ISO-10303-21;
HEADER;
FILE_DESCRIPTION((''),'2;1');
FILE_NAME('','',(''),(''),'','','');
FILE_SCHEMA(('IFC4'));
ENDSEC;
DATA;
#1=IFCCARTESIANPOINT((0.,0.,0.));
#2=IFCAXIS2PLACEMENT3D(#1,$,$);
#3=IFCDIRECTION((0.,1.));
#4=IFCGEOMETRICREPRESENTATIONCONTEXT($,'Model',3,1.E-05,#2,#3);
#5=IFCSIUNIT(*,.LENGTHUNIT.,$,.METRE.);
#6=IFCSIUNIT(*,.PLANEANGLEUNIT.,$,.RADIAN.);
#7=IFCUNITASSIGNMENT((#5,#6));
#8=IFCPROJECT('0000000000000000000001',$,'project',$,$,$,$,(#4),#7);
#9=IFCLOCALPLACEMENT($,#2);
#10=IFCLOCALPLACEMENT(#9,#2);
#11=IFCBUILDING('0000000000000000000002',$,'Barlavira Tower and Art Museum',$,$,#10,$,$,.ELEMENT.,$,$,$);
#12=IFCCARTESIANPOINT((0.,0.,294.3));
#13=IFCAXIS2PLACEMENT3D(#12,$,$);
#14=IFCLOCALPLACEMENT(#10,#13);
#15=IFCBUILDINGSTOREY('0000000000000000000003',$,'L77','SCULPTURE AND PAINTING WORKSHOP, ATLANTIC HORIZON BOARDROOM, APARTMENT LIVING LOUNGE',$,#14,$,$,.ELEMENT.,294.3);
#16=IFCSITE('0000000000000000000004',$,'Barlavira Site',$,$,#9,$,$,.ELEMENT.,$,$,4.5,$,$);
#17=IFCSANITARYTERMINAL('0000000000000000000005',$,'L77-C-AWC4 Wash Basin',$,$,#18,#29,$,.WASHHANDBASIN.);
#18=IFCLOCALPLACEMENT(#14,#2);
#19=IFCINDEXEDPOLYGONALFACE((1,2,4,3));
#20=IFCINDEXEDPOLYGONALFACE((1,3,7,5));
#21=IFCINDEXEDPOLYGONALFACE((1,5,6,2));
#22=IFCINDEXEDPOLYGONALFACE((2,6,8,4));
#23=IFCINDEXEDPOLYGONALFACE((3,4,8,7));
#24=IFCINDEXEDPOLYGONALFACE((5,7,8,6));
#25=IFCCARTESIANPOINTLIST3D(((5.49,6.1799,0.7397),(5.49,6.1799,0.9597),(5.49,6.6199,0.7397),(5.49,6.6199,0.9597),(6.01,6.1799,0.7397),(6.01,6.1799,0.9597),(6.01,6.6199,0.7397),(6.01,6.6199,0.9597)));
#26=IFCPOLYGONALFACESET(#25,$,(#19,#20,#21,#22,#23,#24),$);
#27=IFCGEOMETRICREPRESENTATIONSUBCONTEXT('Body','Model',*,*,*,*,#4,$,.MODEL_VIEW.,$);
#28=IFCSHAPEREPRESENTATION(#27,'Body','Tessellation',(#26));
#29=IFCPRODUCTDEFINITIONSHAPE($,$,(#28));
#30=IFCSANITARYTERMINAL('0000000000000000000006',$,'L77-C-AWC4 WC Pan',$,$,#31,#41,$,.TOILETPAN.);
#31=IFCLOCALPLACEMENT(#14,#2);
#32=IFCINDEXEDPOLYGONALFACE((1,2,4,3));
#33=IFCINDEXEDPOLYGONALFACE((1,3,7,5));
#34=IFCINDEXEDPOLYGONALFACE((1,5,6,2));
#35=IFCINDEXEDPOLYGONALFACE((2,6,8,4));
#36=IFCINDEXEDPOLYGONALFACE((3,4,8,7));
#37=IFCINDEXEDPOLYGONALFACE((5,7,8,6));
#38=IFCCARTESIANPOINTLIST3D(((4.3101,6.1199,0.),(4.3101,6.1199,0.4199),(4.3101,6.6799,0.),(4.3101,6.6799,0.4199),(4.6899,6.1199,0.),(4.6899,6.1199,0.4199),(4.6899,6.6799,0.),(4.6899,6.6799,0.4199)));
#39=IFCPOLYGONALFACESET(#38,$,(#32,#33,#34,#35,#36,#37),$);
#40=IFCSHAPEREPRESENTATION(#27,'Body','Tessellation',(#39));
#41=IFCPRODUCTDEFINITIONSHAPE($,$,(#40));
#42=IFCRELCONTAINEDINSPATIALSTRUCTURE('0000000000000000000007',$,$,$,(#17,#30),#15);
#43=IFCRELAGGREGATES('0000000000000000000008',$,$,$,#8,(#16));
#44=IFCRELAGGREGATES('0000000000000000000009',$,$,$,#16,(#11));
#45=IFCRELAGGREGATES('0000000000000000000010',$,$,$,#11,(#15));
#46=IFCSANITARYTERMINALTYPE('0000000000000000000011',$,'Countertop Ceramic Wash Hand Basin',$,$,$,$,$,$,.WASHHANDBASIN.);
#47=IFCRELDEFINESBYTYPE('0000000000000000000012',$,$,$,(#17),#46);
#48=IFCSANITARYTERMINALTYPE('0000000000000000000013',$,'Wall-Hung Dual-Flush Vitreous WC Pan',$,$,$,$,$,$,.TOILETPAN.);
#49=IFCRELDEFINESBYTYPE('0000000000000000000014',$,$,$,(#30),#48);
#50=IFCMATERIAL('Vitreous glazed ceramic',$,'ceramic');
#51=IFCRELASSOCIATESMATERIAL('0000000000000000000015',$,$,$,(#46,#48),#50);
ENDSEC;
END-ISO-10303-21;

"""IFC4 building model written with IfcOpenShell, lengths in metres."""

from ifc_helpers import new_model, si_unit, direction, frame, origin, origin_2d, place, context, subcontext, project, spatial, rectangle, extrude, material, type_object, element, save


model = new_model("IFC4")

# Units and contexts
model_context = context("Model", 3, precision=1e-05, world=origin(), true_north=direction((0.0, 1.0)))
body_context = subcontext(model_context, "Body", "Model", "MODEL_VIEW")
ifc_project = project(units=[si_unit("LENGTHUNIT", "METRE"), si_unit("PLANEANGLEUNIT", "RADIAN")], contexts=[model_context])

# Site, building, storey
site_placement = place(None, origin())
site = spatial("IfcSite", under=ifc_project, at=site_placement, Name="Barlavira Site", CompositionType="ELEMENT", RefElevation=4.5)
building_placement = place(site_placement, origin())
building = spatial("IfcBuilding", under=site, at=building_placement, Name="Barlavira Tower and Art Museum", CompositionType="ELEMENT")
storey_placement = place(building_placement, frame((0.0, 0.0, 294.3)))
storey = spatial("IfcBuildingStorey", under=building, at=storey_placement, Name="L77", Description="SCULPTURE AND PAINTING WORKSHOP, ATLANTIC HORIZON BOARDROOM, APARTMENT LIVING LOUNGE", CompositionType="ELEMENT", Elevation=294.3)

# Sanitary terminals
ifc_material_1 = material(Name="Vitreous glazed ceramic", Category="ceramic")
sanitary_terminal_type_1 = type_object("IfcSanitaryTerminalType", Name="Countertop Ceramic Wash Hand Basin", PredefinedType="WASHHANDBASIN", material=ifc_material_1)
sanitary_terminal_1_placement = place(storey_placement, frame((5.75, 6.3999, 0.7397), z_axis=(0.0, 0.0, 1.0), x_axis=(1.0, 0.0, 0.0)))
element("IfcSanitaryTerminal", 1, at=sanitary_terminal_1_placement, inside=storey, type_object=sanitary_terminal_type_1, Name="L77-C-AWC4 Wash Basin", PredefinedType="WASHHANDBASIN", context=body_context, shape_type="SweptSolid", body=[
    extrude(rectangle(XDim=0.52, YDim=0.4399, at=origin_2d()), origin(), (0.0, 0.0, 1.0), 0.22),
])
sanitary_terminal_type_2 = type_object("IfcSanitaryTerminalType", Name="Wall-Hung Dual-Flush Vitreous WC Pan", PredefinedType="TOILETPAN", material=ifc_material_1)
sanitary_terminal_2_placement = place(storey_placement, frame((4.5, 6.3999, 0.0), z_axis=(0.0, 0.0, 1.0), x_axis=(1.0, 0.0, 0.0)))
element("IfcSanitaryTerminal", 2, at=sanitary_terminal_2_placement, inside=storey, type_object=sanitary_terminal_type_2, Name="L77-C-AWC4 WC Pan", PredefinedType="TOILETPAN", context=body_context, shape_type="SweptSolid", body=[
    extrude(rectangle(XDim=0.3799, YDim=0.5601, at=origin_2d()), origin(), (0.0, 0.0, 1.0), 0.4199),
])

save(model, "model.ifc")
